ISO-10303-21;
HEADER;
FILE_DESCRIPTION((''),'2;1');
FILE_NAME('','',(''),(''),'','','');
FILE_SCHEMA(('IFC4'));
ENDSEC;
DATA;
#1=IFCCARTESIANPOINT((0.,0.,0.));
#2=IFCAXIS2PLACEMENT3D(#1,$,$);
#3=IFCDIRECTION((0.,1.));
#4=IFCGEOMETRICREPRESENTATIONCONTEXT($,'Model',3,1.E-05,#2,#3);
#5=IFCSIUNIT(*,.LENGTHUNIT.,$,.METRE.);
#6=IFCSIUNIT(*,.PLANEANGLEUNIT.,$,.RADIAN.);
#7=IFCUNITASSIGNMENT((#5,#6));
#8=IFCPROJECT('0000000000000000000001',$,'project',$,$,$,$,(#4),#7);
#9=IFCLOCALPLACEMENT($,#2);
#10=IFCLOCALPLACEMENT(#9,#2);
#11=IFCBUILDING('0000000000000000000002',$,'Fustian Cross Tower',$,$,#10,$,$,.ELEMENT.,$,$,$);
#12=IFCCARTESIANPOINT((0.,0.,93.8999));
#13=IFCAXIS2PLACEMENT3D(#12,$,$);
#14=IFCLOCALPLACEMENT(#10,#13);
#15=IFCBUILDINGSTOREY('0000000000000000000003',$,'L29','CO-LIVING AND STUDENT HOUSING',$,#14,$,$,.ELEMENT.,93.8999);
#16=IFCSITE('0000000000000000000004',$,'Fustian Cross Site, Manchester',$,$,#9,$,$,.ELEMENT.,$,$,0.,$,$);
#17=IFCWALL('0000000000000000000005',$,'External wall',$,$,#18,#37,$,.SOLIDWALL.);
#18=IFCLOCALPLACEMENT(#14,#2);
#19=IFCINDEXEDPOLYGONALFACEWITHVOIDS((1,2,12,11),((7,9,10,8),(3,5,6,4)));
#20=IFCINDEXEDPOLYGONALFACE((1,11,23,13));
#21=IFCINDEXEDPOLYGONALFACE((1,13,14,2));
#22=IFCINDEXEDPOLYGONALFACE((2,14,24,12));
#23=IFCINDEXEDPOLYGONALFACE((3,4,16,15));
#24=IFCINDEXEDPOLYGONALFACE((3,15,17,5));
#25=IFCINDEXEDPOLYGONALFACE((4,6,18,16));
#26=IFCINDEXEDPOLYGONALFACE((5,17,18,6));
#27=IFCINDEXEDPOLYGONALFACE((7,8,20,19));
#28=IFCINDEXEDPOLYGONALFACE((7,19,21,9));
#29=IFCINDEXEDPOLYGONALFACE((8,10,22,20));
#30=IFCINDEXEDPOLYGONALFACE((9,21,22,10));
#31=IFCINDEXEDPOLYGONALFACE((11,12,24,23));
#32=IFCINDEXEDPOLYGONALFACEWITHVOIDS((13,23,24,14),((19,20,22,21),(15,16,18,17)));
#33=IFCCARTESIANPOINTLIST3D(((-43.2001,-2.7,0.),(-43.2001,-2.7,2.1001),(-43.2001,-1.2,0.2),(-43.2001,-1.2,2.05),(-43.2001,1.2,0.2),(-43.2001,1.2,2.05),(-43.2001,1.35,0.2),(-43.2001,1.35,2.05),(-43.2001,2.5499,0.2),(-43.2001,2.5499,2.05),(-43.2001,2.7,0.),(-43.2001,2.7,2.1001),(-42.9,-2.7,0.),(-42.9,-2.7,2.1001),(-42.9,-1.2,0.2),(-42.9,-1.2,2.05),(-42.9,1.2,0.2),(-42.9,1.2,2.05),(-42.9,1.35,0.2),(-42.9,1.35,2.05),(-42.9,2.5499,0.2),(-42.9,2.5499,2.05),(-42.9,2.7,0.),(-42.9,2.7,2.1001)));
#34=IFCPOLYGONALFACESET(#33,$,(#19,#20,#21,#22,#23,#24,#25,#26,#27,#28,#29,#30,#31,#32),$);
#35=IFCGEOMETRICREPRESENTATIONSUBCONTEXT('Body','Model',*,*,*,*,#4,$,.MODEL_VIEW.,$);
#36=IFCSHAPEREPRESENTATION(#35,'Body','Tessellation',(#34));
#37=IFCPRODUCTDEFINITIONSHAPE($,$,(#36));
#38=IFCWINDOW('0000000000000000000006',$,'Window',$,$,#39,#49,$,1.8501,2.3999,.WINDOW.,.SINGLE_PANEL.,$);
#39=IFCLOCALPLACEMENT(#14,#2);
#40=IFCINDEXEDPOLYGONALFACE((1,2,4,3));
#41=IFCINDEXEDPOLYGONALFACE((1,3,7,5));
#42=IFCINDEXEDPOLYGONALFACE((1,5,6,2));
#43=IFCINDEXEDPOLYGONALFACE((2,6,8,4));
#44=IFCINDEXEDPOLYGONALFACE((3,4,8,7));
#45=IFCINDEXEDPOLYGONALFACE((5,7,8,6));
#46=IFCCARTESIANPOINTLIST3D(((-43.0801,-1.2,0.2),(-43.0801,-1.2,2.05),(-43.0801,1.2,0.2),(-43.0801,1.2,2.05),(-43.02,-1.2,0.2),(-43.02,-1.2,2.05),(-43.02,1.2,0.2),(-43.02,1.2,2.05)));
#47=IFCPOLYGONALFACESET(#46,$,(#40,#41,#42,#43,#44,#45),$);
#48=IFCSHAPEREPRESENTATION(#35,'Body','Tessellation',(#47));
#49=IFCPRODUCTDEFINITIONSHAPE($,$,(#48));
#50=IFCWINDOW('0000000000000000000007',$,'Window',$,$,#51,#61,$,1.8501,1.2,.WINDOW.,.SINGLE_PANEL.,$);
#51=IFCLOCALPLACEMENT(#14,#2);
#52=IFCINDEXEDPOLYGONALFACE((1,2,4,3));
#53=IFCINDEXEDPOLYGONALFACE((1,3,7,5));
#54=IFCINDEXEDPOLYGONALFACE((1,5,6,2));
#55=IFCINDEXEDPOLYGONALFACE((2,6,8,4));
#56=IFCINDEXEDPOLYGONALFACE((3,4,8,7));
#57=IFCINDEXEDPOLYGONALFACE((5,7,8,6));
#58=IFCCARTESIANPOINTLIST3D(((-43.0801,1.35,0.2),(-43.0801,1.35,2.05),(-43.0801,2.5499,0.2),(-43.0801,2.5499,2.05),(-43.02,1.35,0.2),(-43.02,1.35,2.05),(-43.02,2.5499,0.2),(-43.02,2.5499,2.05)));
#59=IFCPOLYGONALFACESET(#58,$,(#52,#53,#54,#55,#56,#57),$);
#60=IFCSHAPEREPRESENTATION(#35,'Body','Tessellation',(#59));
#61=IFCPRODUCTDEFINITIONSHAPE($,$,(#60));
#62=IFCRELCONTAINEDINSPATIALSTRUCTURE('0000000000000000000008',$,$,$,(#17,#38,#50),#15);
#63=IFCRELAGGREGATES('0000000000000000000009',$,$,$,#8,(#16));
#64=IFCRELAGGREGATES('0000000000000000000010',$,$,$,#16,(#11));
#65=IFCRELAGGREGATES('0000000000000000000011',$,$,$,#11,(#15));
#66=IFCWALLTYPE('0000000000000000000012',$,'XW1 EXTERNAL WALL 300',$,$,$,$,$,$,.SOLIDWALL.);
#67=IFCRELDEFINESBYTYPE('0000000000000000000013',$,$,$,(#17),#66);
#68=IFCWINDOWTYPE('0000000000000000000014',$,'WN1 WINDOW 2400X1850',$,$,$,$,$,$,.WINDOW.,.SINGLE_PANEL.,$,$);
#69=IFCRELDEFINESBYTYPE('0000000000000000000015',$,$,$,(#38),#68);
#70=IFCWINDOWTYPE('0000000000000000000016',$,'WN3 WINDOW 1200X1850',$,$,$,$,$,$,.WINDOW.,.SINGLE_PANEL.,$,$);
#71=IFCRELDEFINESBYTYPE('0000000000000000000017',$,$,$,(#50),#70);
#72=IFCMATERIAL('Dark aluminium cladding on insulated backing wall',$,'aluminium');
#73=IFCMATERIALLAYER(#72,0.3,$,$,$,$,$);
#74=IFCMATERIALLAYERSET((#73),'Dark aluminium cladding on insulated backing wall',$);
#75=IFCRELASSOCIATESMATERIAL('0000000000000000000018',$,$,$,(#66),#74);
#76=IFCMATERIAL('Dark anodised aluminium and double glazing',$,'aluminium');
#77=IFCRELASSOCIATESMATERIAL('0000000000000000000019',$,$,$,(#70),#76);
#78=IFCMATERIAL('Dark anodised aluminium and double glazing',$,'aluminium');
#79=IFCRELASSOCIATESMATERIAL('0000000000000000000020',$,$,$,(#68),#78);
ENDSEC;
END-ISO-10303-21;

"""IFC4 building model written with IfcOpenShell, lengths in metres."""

from ifc_helpers import new_model, si_unit, direction, frame, frame_2d, origin, place, context, subcontext, project, spatial, rectangle, extrude, material, layer, layer_set, type_object, element, fill, save


model = new_model("IFC4")

# Units and contexts
model_context = context("Model", 3, precision=1e-05, world=origin(), true_north=direction((0.0, 1.0)))
body_context = subcontext(model_context, "Body", "Model", "MODEL_VIEW")
ifc_project = project(units=[si_unit("LENGTHUNIT", "METRE"), si_unit("PLANEANGLEUNIT", "RADIAN")], contexts=[model_context])

# Site, building, storey
site_placement = place(None, origin())
site = spatial("IfcSite", under=ifc_project, at=site_placement, Name="Fustian Cross Site, Manchester", CompositionType="ELEMENT", RefElevation=0.0)
building_placement = place(site_placement, origin())
building = spatial("IfcBuilding", under=site, at=building_placement, Name="Fustian Cross Tower", CompositionType="ELEMENT")
storey_placement = place(building_placement, frame((0.0, 0.0, 93.8999)))
storey = spatial("IfcBuildingStorey", under=building, at=storey_placement, Name="L29", Description="CO-LIVING AND STUDENT HOUSING", CompositionType="ELEMENT", Elevation=93.8999)

# Shared definitions
ifc_material_1 = material(Name="Dark aluminium cladding on insulated backing wall", Category="aluminium")
ifc_layer = layer(ifc_material_1, 0.3)
ifc_layer_set = layer_set([ifc_layer], Name="Dark aluminium cladding on insulated backing wall")
wall_type = type_object("IfcWallType", Name="XW1 EXTERNAL WALL 300", PredefinedType="SOLIDWALL", material=ifc_layer_set)
ifc_material_2 = material(Name="Dark anodised aluminium and double glazing", Category="aluminium")
window_type_1 = type_object("IfcWindowType", Name="WN3 WINDOW 1200X1850", PartitioningType="SINGLE_PANEL", PredefinedType="WINDOW", material=ifc_material_2)

# Wall, openings, windows
wall_1_placement = place(storey_placement, frame((-43.05, 2.7, 0.0), z_axis=(0.0, 0.0, 1.0), x_axis=(0.0, -1.0, 0.0)))
wall_1 = element("IfcWall", 1, at=wall_1_placement, inside=storey, type_object=wall_type, Name="External wall", PredefinedType="SOLIDWALL", context=body_context, shape_type="SweptSolid", body=[
    extrude(rectangle(XDim=5.3999, YDim=0.3, at=frame_2d((2.7, 0.0))), origin(), (0.0, 0.0, 1.0), 2.1001),
])
opening_1_placement = place(wall_1_placement, frame((1.5, 0.0, 0.2)))
opening_1 = element("IfcOpeningElement", 2, at=opening_1_placement, cuts=wall_1, PredefinedType="OPENING", context=body_context, shape_type="SweptSolid", body=[
    extrude(rectangle(XDim=2.3999, YDim=1.8501, at=frame_2d((1.2, 0.925))), frame((0.0, 0.1599, 0.0), z_axis=(0.0, -1.0, 0.0), x_axis=(1.0, 0.0, 0.0)), (0.0, 0.0, 1.0), 0.3201),
])
opening_2_placement = place(wall_1_placement, frame((0.1499, 0.0, 0.2)))
opening_2 = element("IfcOpeningElement", 3, at=opening_2_placement, cuts=wall_1, PredefinedType="OPENING", context=body_context, shape_type="SweptSolid", body=[
    extrude(rectangle(XDim=1.2, YDim=1.8501, at=frame_2d((0.6001, 0.925))), frame((0.0, 0.1599, 0.0), z_axis=(0.0, -1.0, 0.0), x_axis=(1.0, 0.0, 0.0)), (0.0, 0.0, 1.0), 0.3201),
])
ifc_material_3 = material(Name="Dark anodised aluminium and double glazing", Category="aluminium")
window_type_2 = type_object("IfcWindowType", Name="WN1 WINDOW 2400X1850", PartitioningType="SINGLE_PANEL", PredefinedType="WINDOW", material=ifc_material_3)
window_1_placement = place(opening_1_placement, origin())
window_1 = element("IfcWindow", 4, at=window_1_placement, inside=storey, type_object=window_type_2, Name="Window", OverallHeight=1.8501, OverallWidth=2.3999, PartitioningType="SINGLE_PANEL", PredefinedType="WINDOW", context=body_context, shape_type="SweptSolid", body=[
    extrude(rectangle(XDim=2.3999, YDim=1.8501, at=frame_2d((1.2, 0.925))), frame((0.0, 0.03, 0.0), z_axis=(0.0, -1.0, 0.0), x_axis=(1.0, 0.0, 0.0)), (0.0, 0.0, 1.0), 0.0601),
])
fill(opening_1, window_1)
window_2_placement = place(opening_2_placement, origin())
window_2 = element("IfcWindow", 5, at=window_2_placement, inside=storey, type_object=window_type_1, Name="Window", OverallHeight=1.8501, OverallWidth=1.2, PartitioningType="SINGLE_PANEL", PredefinedType="WINDOW", context=body_context, shape_type="SweptSolid", body=[
    extrude(rectangle(XDim=1.2, YDim=1.8501, at=frame_2d((0.6001, 0.925))), frame((0.0, 0.03, 0.0), z_axis=(0.0, -1.0, 0.0), x_axis=(1.0, 0.0, 0.0)), (0.0, 0.0, 1.0), 0.0601),
])
fill(opening_2, window_2)

save(model, "model.ifc")
